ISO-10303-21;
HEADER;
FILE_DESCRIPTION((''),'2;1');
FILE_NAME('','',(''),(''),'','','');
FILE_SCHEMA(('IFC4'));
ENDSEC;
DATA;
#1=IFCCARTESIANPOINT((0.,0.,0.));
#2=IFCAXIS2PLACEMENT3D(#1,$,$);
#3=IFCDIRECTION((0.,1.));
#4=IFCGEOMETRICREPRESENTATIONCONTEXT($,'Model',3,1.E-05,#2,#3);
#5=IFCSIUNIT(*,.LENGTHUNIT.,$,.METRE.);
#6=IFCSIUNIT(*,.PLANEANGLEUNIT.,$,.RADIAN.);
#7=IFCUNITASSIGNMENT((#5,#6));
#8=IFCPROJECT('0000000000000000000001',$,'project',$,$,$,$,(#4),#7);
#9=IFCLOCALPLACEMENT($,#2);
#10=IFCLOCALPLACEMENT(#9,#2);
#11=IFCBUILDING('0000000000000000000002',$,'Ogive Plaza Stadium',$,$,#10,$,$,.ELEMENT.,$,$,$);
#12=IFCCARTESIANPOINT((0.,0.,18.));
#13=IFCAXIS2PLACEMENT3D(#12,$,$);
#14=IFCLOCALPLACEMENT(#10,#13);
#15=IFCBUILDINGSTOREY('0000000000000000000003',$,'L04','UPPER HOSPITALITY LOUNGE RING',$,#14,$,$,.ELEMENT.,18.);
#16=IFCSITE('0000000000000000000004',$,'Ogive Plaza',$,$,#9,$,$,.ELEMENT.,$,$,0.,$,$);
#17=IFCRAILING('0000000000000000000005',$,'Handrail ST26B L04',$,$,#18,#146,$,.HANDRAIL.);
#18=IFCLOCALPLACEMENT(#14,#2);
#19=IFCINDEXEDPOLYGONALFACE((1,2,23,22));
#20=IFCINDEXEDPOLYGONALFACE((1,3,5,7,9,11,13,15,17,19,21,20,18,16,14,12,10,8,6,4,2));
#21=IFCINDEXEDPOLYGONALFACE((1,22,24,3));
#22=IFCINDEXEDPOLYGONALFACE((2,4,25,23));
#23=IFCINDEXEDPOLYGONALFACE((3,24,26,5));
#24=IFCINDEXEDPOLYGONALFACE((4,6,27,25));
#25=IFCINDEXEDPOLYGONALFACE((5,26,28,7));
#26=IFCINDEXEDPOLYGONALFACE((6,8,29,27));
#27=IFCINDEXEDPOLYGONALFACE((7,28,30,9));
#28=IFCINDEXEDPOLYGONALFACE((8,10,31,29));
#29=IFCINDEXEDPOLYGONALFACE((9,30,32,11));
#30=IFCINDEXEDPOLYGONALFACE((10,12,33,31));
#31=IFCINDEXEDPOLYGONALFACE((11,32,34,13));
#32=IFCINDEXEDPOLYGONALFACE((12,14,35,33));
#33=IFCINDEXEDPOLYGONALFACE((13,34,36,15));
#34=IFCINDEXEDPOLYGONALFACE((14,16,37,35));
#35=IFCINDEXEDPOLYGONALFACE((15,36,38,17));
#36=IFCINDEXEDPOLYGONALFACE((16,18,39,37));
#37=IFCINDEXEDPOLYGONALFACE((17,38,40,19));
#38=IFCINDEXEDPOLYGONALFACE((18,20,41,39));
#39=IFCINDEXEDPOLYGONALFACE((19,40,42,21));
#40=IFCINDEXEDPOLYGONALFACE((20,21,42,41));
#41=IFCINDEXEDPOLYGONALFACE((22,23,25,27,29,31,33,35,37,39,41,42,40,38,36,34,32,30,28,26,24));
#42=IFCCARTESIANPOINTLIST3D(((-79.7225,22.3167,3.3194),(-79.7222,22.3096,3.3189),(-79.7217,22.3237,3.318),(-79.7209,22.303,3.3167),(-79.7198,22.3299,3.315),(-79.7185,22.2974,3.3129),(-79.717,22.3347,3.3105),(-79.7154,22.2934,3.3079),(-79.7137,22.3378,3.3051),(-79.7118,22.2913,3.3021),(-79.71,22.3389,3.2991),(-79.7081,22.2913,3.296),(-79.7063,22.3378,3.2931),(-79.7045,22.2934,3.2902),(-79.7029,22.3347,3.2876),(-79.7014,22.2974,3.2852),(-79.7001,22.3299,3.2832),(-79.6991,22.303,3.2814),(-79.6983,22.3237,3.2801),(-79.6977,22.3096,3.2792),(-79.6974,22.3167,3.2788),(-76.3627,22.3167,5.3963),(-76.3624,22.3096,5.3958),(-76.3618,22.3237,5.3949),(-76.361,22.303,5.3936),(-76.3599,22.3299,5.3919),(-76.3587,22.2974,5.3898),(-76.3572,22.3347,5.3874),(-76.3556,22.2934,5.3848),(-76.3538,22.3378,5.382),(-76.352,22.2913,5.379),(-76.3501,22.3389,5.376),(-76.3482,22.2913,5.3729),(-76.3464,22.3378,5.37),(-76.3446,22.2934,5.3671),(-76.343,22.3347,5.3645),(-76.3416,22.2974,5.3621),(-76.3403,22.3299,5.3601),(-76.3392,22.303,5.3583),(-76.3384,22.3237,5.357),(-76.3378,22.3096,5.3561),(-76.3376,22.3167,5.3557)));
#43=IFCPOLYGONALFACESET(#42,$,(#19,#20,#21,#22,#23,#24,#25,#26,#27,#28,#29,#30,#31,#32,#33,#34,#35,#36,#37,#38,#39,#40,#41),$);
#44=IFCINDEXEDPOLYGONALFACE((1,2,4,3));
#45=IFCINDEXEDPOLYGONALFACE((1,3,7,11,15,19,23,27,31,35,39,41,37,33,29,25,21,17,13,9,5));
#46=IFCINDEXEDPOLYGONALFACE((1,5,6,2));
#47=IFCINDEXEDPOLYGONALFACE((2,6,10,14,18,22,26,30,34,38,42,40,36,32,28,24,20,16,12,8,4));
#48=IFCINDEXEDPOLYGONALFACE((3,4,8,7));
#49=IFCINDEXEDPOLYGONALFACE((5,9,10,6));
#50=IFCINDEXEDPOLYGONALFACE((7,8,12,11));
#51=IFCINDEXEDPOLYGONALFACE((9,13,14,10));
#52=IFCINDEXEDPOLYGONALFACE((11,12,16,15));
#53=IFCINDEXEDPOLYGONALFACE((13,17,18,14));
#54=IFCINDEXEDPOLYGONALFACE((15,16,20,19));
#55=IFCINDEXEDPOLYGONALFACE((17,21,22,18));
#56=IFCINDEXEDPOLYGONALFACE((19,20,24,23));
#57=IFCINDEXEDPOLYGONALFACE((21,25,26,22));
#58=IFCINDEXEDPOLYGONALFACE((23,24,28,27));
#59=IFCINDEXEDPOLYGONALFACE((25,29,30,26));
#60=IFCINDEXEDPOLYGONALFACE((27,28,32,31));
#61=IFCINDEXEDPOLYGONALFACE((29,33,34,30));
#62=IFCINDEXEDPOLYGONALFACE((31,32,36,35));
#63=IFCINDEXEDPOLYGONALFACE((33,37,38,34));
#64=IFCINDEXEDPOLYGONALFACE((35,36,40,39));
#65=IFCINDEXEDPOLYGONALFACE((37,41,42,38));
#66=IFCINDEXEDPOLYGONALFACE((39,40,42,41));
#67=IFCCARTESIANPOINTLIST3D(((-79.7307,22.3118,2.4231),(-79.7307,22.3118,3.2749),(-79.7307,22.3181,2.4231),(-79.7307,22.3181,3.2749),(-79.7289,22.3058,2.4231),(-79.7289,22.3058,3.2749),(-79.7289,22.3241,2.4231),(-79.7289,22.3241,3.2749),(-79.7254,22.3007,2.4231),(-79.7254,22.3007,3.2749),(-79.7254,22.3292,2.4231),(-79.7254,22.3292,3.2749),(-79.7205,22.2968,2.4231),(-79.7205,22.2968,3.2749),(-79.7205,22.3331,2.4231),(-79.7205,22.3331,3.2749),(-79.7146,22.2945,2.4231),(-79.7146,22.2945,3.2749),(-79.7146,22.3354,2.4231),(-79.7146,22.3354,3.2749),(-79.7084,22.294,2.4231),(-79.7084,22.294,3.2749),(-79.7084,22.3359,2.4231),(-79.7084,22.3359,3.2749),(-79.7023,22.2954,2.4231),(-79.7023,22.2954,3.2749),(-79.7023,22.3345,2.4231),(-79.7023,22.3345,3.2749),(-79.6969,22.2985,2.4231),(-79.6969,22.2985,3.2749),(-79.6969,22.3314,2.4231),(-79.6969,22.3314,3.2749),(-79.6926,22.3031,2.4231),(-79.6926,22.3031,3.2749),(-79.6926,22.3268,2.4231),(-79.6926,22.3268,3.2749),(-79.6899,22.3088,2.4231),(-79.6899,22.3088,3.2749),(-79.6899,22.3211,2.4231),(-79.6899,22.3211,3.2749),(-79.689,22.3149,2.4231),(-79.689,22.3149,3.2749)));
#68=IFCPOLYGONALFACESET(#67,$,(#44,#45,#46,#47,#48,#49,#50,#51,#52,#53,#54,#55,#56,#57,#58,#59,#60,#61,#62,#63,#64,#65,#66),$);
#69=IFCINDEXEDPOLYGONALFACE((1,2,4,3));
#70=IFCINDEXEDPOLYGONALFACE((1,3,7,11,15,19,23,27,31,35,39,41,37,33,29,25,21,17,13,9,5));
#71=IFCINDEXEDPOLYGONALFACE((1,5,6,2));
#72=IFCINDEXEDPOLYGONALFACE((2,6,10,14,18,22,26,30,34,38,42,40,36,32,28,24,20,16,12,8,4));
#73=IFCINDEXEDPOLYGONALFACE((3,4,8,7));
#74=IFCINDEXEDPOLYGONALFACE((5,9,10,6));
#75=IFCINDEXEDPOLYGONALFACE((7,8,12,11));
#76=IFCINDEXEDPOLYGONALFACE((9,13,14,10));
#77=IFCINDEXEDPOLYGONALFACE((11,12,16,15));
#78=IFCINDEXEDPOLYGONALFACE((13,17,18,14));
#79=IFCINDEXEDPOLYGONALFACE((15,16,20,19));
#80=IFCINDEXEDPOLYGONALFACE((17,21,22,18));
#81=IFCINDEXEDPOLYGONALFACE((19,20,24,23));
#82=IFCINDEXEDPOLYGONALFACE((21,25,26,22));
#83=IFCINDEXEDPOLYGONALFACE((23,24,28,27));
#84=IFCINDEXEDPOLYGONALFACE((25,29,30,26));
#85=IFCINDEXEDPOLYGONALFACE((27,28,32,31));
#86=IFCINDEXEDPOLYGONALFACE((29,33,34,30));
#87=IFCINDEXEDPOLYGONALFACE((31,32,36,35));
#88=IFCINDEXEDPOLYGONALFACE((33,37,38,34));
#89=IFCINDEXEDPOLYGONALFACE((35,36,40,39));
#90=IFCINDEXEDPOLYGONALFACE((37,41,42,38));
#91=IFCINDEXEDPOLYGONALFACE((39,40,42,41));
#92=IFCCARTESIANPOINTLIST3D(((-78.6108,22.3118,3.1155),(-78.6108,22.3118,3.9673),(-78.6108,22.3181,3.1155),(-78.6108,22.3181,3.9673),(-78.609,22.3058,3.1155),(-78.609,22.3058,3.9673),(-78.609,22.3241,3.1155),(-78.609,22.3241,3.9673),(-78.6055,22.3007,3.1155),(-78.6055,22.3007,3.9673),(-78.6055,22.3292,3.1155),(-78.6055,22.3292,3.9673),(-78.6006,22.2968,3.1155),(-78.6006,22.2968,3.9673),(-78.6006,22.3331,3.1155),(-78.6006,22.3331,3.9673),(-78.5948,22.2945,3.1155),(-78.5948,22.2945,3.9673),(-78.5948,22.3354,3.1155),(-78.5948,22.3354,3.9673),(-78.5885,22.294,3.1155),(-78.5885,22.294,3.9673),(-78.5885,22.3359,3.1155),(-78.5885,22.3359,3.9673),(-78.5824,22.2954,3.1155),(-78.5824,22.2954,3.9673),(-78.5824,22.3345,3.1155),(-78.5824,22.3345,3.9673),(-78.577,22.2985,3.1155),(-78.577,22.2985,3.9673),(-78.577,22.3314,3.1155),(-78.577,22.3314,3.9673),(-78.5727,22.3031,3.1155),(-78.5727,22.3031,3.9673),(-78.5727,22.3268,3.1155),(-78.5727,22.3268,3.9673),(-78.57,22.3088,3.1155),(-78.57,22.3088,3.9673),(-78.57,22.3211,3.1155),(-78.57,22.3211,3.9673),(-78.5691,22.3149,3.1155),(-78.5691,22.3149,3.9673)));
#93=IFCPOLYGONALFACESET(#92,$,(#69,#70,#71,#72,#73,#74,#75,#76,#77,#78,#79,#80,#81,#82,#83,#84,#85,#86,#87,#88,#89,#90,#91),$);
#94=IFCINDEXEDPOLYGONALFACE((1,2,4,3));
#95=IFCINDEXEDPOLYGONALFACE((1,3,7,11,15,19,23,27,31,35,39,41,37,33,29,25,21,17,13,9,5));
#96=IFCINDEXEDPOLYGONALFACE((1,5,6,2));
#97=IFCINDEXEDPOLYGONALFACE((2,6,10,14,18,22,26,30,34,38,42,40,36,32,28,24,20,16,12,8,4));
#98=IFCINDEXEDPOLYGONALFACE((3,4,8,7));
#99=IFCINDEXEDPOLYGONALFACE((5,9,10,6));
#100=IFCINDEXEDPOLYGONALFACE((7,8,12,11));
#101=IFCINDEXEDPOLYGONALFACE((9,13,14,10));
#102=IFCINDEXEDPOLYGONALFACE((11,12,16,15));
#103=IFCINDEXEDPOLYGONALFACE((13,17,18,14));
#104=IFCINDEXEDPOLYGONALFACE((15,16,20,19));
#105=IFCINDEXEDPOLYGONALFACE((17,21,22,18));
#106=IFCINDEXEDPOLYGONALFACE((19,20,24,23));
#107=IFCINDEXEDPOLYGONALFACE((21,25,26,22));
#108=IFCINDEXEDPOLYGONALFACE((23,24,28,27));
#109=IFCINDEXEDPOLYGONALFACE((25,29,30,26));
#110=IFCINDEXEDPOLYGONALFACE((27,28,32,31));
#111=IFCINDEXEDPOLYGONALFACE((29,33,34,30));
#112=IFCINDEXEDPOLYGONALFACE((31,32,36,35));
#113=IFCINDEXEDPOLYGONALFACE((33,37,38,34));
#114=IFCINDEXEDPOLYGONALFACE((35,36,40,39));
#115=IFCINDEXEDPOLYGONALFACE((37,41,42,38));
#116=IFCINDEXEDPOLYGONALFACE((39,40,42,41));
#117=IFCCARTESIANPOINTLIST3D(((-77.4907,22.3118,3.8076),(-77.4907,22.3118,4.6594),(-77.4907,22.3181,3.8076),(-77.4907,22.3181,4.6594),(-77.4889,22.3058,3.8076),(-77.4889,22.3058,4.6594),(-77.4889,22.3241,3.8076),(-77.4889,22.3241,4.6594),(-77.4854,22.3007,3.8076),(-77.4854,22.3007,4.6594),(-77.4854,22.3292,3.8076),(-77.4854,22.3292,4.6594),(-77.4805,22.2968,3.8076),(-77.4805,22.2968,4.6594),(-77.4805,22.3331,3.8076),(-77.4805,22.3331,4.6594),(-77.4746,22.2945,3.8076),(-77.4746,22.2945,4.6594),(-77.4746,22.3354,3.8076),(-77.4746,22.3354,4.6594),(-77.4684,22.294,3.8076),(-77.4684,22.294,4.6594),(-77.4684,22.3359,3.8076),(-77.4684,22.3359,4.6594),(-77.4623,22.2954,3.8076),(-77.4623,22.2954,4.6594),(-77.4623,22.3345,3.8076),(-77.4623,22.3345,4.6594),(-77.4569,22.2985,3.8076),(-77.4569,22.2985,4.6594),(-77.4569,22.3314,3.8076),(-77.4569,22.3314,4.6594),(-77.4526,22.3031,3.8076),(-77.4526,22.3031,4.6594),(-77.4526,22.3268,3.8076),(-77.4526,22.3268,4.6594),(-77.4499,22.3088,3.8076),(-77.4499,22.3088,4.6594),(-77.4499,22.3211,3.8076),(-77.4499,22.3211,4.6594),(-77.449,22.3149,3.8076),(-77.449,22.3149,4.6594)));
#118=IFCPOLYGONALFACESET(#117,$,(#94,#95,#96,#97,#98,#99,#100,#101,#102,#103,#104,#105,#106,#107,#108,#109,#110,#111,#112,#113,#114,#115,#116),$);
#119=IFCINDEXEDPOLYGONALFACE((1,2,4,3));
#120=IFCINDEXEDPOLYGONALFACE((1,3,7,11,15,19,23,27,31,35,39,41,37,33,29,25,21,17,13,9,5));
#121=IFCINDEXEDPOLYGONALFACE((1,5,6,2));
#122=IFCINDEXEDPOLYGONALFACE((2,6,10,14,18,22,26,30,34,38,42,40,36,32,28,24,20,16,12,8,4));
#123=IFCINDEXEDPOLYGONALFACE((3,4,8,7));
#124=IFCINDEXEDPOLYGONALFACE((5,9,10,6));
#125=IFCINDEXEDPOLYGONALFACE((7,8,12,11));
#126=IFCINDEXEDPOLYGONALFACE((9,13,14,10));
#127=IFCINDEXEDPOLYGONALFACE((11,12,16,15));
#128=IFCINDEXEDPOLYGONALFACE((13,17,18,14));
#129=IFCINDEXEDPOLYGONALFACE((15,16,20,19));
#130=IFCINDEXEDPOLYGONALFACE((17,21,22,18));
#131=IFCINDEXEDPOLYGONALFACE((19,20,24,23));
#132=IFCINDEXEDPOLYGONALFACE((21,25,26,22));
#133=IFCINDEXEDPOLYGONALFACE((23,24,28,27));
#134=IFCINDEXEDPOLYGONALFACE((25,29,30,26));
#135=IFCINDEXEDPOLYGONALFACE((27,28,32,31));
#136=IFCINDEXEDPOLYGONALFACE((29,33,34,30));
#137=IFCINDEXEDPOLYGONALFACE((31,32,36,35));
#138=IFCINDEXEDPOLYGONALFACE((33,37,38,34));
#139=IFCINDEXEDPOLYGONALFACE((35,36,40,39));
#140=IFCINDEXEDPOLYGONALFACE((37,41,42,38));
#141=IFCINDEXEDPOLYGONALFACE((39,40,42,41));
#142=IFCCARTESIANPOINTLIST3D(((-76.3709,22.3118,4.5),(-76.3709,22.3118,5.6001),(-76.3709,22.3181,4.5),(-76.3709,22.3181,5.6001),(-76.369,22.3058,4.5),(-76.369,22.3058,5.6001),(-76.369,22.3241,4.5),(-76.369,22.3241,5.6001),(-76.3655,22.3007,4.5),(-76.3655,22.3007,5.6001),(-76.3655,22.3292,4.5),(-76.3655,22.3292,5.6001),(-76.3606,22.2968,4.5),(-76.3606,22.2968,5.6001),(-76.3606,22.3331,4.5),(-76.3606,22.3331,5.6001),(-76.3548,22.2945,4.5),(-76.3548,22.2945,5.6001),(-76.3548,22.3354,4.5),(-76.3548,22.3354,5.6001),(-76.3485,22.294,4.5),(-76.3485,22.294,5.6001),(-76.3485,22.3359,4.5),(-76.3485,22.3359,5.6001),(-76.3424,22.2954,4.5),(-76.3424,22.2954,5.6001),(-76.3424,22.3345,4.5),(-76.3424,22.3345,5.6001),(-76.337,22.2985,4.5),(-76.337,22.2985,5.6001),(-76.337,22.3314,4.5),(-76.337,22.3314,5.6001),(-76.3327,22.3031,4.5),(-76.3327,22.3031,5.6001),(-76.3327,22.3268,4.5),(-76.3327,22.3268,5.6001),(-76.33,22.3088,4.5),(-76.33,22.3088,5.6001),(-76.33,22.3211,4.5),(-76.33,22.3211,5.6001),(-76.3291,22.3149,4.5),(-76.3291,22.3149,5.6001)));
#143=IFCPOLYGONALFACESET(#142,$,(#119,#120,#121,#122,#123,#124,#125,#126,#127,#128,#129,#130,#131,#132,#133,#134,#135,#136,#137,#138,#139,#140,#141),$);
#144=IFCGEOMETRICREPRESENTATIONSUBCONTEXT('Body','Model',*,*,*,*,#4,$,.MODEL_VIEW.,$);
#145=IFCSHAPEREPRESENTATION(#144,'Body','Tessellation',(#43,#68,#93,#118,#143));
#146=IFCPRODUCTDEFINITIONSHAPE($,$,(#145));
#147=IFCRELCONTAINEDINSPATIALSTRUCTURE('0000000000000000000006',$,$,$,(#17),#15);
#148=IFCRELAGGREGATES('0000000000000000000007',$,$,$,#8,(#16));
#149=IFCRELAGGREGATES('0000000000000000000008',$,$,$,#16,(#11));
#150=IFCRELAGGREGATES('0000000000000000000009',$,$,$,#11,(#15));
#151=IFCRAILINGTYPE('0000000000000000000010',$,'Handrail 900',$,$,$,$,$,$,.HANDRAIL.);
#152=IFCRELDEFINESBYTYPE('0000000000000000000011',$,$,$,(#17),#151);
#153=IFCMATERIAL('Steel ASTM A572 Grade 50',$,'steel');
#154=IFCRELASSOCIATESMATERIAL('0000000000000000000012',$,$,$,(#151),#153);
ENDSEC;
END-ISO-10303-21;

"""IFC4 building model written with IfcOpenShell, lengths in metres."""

from ifc_helpers import new_model, si_unit, direction, frame, origin, origin_2d, place, context, subcontext, project, spatial, circle, extrude, material, type_object, element, save


model = new_model("IFC4")

# Units and contexts
model_context = context("Model", 3, precision=1e-05, world=origin(), true_north=direction((0.0, 1.0)))
body_context = subcontext(model_context, "Body", "Model", "MODEL_VIEW")
ifc_project = project(units=[si_unit("LENGTHUNIT", "METRE"), si_unit("PLANEANGLEUNIT", "RADIAN")], contexts=[model_context])

# Site, building, storey
site_placement = place(None, origin())
site = spatial("IfcSite", under=ifc_project, at=site_placement, Name="Ogive Plaza", CompositionType="ELEMENT", RefElevation=0.0)
building_placement = place(site_placement, origin())
building = spatial("IfcBuilding", under=site, at=building_placement, Name="Ogive Plaza Stadium", CompositionType="ELEMENT")
storey_placement = place(building_placement, frame((0.0, 0.0, 18.0)))
storey = spatial("IfcBuildingStorey", under=building, at=storey_placement, Name="L04", Description="UPPER HOSPITALITY LOUNGE RING", CompositionType="ELEMENT", Elevation=18.0)

# Railing
ifc_material_1 = material(Name="Steel ASTM A572 Grade 50", Category="steel")
railing_type_1 = type_object("IfcRailingType", Name="Handrail 900", PredefinedType="HANDRAIL", material=ifc_material_1)
for number, where, name in (
    (1, (-79.71, 22.3149, 2.4231), "Handrail ST26B L04"),
):
    element("IfcRailing", number, at=place(storey_placement, frame(where)), inside=storey, type_object=railing_type_1, Name=name, PredefinedType="HANDRAIL", context=body_context, shape_type="SweptSolid", body=[
        extrude(circle(Radius=0.0239, at=origin_2d()), frame((0.0, 0.0, 0.876), z_axis=(0.850606, 0.0, 0.525803), x_axis=(0.0, 1.0, 0.0)), (0.0, 0.0, 1.0), 3.95),
        extrude(circle(Radius=0.021, at=origin_2d()), origin(), (0.0, 0.0, 1.0), 0.8518),
        extrude(circle(Radius=0.021, at=origin_2d()), frame((1.1199, 0.0, 0.6924)), (0.0, 0.0, 1.0), 0.8518),
        extrude(circle(Radius=0.021, at=origin_2d()), frame((2.24, 0.0, 1.3845)), (0.0, 0.0, 1.0), 0.8518),
        extrude(circle(Radius=0.021, at=origin_2d()), frame((3.3599, 0.0, 2.0769)), (0.0, 0.0, 1.0), 1.1001),
    ])

save(model, "model.ifc")
